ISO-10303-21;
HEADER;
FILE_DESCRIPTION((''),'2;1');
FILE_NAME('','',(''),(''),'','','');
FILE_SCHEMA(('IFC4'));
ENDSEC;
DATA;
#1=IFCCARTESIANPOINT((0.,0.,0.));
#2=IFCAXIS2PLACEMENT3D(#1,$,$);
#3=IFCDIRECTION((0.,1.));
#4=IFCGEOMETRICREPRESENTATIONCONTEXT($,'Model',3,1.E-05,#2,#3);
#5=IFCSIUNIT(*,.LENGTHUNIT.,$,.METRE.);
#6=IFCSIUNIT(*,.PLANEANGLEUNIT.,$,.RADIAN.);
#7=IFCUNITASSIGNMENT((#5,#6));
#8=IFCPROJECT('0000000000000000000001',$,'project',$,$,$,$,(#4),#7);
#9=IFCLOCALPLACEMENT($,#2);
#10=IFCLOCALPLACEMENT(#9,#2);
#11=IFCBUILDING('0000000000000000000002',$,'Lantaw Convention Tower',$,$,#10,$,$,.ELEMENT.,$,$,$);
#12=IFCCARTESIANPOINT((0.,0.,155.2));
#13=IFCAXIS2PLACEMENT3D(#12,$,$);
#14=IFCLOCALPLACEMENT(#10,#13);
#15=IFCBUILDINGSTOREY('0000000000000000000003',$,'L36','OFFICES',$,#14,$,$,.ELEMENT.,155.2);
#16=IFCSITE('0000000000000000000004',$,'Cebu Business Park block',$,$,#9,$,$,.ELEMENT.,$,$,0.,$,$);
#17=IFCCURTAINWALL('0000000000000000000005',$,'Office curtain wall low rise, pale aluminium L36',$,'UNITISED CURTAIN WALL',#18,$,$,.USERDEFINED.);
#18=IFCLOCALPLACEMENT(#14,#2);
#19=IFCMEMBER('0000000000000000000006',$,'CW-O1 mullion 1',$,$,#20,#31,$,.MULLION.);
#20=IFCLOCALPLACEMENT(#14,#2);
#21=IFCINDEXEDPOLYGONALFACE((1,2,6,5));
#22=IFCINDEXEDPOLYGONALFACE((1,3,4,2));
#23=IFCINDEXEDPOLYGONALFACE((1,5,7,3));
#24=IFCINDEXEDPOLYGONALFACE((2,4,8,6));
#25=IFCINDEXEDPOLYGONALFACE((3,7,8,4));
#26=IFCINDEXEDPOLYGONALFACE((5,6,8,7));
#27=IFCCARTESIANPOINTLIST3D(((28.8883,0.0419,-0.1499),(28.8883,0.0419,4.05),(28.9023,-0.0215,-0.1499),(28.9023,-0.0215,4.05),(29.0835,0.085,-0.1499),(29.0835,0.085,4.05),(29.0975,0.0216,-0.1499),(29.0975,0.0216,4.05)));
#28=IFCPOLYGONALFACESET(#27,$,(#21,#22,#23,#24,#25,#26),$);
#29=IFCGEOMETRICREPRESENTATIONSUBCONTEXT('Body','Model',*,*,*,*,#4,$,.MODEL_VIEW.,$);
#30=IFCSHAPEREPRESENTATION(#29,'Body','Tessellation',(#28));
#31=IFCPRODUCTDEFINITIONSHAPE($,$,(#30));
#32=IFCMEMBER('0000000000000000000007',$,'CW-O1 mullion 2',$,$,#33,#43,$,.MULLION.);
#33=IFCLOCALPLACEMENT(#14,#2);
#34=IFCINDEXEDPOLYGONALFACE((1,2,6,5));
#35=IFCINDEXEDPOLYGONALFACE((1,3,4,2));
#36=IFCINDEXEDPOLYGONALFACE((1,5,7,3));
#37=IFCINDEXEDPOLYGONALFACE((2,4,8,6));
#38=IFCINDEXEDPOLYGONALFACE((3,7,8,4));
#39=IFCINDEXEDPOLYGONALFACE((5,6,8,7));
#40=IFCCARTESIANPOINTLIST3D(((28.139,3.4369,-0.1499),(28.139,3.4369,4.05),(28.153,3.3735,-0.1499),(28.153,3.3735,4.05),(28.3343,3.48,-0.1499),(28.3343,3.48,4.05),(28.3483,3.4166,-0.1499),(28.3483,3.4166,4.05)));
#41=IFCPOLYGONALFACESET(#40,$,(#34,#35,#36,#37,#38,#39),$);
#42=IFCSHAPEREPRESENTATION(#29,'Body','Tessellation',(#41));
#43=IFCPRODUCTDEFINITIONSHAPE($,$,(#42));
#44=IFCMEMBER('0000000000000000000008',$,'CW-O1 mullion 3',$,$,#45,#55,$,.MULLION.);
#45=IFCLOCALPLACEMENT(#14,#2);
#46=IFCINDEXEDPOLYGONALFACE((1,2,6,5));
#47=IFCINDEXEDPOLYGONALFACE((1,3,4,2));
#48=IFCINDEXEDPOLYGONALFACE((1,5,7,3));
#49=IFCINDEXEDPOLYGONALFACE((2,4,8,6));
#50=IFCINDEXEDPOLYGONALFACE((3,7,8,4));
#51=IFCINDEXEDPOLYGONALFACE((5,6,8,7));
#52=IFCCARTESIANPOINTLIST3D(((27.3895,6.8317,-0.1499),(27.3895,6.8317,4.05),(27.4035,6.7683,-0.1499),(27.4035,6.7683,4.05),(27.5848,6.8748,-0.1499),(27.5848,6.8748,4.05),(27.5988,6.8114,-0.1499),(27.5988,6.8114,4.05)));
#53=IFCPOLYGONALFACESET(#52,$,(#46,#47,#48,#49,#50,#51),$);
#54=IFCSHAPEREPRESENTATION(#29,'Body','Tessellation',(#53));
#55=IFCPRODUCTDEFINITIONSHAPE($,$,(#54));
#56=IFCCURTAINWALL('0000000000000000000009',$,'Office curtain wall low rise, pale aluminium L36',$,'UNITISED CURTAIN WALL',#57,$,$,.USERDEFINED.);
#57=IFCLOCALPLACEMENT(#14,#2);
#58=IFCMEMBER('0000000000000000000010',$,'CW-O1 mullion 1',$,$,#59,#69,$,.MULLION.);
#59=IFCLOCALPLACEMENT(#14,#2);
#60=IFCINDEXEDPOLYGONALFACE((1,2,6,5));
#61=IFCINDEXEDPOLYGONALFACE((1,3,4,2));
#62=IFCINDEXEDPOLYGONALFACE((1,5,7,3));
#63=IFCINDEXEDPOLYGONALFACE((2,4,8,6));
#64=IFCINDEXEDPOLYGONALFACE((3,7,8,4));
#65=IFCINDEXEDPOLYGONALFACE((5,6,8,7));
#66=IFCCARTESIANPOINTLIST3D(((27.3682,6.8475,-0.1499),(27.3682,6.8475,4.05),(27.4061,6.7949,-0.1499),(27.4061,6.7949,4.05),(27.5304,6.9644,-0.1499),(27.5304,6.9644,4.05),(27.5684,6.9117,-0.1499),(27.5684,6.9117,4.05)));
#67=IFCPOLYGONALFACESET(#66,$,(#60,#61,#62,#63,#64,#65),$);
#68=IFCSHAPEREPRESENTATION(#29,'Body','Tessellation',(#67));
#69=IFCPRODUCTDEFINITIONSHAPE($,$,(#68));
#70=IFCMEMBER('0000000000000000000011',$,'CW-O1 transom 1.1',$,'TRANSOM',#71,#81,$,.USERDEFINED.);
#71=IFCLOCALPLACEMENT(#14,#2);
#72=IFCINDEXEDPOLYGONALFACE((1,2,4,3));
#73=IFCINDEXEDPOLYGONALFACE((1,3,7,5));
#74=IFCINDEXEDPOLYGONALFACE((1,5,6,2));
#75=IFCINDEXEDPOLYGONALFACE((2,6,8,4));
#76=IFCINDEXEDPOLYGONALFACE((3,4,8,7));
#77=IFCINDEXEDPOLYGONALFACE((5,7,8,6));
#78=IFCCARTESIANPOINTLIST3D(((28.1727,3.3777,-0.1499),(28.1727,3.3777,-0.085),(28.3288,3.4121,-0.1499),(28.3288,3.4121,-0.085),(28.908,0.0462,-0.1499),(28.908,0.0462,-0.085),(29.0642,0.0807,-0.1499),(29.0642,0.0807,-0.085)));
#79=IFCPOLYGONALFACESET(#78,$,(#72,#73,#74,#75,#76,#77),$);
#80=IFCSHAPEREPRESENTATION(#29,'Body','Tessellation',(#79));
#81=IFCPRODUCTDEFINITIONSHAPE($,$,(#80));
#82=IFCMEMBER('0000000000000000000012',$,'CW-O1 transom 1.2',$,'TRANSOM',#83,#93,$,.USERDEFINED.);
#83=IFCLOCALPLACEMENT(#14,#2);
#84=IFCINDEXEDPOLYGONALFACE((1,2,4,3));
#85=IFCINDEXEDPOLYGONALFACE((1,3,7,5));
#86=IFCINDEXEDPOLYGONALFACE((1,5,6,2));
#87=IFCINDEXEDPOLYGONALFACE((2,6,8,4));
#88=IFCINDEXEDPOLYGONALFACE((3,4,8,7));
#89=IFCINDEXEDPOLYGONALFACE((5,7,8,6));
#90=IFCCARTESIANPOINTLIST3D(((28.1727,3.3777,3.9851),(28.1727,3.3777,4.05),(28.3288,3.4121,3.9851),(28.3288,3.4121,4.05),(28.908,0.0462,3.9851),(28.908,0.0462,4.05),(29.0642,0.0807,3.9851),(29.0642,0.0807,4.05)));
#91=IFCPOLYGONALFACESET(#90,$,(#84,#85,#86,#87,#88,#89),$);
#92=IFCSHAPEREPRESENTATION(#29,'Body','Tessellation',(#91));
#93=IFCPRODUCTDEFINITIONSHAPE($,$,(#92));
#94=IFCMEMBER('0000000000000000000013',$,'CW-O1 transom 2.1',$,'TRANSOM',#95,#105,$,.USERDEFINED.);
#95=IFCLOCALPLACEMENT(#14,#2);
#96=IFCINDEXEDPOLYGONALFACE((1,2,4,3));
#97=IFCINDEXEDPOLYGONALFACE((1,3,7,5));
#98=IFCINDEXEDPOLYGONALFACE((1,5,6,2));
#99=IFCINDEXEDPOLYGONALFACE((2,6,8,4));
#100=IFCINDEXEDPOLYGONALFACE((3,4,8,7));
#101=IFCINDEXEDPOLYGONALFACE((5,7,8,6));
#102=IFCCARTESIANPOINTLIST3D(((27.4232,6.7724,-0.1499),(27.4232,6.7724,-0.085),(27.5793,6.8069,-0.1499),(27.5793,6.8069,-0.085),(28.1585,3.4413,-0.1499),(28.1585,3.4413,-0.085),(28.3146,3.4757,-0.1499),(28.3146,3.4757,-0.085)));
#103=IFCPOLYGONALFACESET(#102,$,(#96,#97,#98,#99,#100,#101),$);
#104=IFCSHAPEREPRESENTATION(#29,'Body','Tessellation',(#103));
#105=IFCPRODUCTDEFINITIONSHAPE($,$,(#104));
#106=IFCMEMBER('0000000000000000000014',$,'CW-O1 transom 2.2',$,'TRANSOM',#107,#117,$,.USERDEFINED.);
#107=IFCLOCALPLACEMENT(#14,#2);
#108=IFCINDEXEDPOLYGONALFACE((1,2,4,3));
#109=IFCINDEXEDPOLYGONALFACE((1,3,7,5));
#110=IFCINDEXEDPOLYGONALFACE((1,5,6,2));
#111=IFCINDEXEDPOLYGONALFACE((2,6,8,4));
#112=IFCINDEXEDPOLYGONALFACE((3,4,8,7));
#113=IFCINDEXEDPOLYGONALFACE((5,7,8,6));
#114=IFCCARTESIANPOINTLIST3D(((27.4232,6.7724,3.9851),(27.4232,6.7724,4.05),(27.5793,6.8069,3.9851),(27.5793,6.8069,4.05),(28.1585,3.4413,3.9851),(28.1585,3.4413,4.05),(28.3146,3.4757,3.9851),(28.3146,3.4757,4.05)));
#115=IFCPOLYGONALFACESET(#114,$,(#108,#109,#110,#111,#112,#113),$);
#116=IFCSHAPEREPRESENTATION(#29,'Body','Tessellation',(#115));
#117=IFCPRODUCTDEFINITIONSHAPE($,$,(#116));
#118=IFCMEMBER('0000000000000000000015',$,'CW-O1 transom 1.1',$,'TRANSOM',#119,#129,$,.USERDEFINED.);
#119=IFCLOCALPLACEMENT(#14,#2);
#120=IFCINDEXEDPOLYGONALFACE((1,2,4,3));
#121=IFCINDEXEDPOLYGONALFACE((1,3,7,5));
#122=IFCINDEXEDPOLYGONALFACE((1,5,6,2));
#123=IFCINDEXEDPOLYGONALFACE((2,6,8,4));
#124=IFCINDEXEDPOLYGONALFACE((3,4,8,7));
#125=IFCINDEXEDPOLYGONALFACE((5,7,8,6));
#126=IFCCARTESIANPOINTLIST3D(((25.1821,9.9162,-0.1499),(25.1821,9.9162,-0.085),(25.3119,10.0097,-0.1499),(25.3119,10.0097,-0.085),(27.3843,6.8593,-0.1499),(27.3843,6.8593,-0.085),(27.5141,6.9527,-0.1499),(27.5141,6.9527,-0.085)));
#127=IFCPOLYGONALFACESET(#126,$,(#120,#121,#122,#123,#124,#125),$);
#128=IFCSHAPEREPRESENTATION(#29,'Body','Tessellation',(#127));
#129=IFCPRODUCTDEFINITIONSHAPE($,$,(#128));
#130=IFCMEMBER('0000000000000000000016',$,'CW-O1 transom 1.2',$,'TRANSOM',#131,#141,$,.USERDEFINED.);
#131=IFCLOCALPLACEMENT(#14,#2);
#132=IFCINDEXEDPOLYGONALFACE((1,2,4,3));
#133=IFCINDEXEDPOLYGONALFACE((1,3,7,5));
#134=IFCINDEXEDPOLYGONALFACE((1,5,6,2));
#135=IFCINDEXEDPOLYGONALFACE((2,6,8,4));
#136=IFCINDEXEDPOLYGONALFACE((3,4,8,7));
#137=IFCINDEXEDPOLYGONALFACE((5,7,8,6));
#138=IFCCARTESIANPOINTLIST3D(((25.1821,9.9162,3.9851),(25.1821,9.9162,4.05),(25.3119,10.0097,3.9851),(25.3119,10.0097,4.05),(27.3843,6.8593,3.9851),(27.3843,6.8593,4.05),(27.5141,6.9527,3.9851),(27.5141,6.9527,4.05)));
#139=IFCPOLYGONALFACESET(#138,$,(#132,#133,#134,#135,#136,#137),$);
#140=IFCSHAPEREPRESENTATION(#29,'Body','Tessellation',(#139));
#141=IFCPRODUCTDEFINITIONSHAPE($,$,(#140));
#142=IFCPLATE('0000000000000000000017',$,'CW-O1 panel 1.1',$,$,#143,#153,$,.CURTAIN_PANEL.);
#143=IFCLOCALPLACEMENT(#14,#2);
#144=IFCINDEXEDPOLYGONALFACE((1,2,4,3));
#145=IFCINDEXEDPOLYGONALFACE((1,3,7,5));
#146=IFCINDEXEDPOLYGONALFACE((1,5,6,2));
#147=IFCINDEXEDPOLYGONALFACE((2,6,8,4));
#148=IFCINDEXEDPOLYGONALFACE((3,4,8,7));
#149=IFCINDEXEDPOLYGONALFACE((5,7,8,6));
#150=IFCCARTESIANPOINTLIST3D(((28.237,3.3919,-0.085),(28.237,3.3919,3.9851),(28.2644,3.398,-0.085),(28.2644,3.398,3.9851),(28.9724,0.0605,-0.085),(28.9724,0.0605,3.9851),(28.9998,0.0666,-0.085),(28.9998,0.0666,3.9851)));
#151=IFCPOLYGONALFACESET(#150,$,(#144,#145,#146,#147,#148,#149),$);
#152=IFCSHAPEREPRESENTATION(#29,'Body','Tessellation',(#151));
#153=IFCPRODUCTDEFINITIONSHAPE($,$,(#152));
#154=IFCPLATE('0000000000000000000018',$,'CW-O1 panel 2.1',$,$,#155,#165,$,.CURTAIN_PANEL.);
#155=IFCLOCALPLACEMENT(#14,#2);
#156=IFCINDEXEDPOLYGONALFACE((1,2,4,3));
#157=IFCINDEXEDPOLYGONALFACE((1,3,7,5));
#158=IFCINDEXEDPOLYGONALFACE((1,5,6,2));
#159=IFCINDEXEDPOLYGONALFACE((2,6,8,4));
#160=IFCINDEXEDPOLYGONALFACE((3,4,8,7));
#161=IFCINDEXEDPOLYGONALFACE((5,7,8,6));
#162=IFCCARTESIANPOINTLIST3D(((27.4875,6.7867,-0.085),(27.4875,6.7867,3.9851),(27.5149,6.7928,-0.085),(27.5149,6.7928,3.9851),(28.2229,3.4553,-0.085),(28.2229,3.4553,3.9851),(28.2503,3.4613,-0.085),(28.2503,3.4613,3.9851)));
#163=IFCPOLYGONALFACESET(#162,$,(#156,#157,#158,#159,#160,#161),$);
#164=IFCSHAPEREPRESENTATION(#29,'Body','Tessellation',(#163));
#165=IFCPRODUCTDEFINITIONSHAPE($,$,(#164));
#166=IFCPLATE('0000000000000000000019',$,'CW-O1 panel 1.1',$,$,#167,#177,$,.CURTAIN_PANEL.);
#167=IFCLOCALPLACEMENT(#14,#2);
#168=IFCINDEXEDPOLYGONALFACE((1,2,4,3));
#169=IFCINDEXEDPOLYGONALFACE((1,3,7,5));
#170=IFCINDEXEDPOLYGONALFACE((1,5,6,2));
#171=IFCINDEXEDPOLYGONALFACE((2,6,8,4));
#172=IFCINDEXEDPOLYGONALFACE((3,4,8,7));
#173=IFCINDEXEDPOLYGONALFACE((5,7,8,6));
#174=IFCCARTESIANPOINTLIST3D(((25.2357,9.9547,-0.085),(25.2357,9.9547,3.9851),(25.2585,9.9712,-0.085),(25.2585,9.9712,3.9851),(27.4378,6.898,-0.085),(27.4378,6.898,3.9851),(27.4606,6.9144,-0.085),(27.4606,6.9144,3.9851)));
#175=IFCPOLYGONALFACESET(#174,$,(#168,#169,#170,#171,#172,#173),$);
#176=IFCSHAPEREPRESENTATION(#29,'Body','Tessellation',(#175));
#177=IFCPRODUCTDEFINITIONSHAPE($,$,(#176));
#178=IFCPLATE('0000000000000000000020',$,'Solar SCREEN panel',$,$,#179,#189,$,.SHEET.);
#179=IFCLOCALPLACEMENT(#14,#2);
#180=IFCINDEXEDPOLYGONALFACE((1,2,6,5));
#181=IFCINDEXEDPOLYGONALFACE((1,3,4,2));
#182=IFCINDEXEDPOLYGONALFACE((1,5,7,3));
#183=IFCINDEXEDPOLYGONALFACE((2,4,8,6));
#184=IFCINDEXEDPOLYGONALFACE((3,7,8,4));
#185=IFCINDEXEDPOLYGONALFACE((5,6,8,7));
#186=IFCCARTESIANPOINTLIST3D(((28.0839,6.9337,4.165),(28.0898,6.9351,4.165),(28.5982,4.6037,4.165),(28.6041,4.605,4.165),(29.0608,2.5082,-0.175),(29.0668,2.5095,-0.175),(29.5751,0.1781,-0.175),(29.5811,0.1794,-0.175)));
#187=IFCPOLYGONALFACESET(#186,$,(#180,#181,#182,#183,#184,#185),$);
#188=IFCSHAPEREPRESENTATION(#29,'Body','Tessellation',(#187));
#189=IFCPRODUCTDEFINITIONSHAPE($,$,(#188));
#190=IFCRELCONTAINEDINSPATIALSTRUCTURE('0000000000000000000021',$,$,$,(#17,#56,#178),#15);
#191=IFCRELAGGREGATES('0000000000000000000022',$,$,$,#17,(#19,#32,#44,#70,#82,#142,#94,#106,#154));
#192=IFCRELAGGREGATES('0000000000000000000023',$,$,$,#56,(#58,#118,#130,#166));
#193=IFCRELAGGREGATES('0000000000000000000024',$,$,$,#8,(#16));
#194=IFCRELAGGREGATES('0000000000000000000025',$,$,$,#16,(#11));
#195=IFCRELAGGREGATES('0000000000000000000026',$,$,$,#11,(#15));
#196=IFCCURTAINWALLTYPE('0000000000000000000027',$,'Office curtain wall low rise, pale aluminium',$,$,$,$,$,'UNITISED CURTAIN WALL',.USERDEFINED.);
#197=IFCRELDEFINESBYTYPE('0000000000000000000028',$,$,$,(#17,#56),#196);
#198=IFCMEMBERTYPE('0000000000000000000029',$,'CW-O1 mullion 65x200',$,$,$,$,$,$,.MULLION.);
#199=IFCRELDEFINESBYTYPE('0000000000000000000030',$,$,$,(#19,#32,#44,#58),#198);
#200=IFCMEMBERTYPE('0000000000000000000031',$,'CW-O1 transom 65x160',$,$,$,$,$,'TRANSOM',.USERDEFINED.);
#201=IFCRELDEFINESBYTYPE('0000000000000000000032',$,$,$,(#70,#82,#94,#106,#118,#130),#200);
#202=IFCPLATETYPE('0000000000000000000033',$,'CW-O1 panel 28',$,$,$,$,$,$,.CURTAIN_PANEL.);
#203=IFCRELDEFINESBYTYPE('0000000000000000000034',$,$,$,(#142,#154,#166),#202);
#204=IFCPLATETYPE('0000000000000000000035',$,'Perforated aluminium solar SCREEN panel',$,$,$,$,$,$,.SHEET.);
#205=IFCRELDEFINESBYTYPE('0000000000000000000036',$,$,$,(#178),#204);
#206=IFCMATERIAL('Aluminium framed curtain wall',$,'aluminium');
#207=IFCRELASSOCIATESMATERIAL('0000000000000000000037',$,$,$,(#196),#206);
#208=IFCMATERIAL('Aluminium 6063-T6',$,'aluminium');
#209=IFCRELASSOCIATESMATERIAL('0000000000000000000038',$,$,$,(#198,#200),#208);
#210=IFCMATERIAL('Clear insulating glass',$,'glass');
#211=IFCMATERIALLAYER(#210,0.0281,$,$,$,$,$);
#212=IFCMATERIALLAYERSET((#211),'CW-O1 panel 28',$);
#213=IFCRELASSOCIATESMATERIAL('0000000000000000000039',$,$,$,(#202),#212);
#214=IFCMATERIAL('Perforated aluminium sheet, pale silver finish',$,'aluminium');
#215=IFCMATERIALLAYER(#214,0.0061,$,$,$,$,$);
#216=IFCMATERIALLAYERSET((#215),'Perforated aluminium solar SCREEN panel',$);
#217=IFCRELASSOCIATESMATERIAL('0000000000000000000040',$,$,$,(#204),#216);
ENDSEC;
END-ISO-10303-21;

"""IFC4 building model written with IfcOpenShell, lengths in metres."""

from ifc_helpers import new_model, si_unit, direction, frame, origin, origin_2d, place, context, subcontext, project, spatial, polyline, rectangle, outline, extrude, material, layer, layer_set, material_profile, profile_set, type_object, element, aggregate, save


model = new_model("IFC4")

# Units and contexts
model_context = context("Model", 3, precision=1e-05, world=origin(), true_north=direction((0.0, 1.0)))
body_context = subcontext(model_context, "Body", "Model", "MODEL_VIEW")
ifc_project = project(units=[si_unit("LENGTHUNIT", "METRE"), si_unit("PLANEANGLEUNIT", "RADIAN")], contexts=[model_context])

# Site, building, storey
site_placement = place(None, origin())
site = spatial("IfcSite", under=ifc_project, at=site_placement, Name="Cebu Business Park block", CompositionType="ELEMENT", RefElevation=0.0)
building_placement = place(site_placement, origin())
building = spatial("IfcBuilding", under=site, at=building_placement, Name="Lantaw Convention Tower", CompositionType="ELEMENT")
storey_placement = place(building_placement, frame((0.0, 0.0, 155.2)))
storey = spatial("IfcBuildingStorey", under=building, at=storey_placement, Name="L36", Description="OFFICES", CompositionType="ELEMENT", Elevation=155.2)

# Curtain wall, members
ifc_material_1 = material(Name="Aluminium framed curtain wall", Category="aluminium")
curtain_wall_type = type_object("IfcCurtainWallType", Name="Office curtain wall low rise, pale aluminium", ElementType="UNITISED CURTAIN WALL", PredefinedType="USERDEFINED", material=ifc_material_1)
curtain_wall_1_placement = place(storey_placement, origin())
curtain_wall_1 = element("IfcCurtainWall", 1, at=curtain_wall_1_placement, inside=storey, type_object=curtain_wall_type, Name="Office curtain wall low rise, pale aluminium L36", ObjectType="UNITISED CURTAIN WALL", PredefinedType="USERDEFINED")
ifc_material_2 = material(Name="Aluminium 6063-T6", Category="aluminium")
ifc_material_profile_1 = material_profile(ifc_material_2, rectangle(XDim=0.2, YDim=0.0649, at=origin_2d()), Name="CW-O1 mullion 65x200")
ifc_profile_set_1 = profile_set([ifc_material_profile_1], Name="Aluminium 6063-T6")
member_type_1 = type_object("IfcMemberType", Name="CW-O1 mullion 65x200", PredefinedType="MULLION", material=ifc_profile_set_1)
member_1_placement = place(storey_placement, frame((28.9929, 0.0317, -0.1499), z_axis=(0.0, 0.0, 1.0), x_axis=(-0.976494, -0.215546, 0.0)))
member_1 = element("IfcMember", 2, at=member_1_placement, type_object=member_type_1, Name="CW-O1 mullion 1", PredefinedType="MULLION", context=body_context, shape_type="SweptSolid", body=[
    extrude(rectangle(XDim=0.2, YDim=0.0649, at=origin_2d()), origin(), (0.0, 0.0, 1.0), 4.2),
])
member_2_placement = place(storey_placement, frame((28.2437, 3.4268, -0.1499), z_axis=(0.0, 0.0, 1.0), x_axis=(-0.976494, -0.215546, 0.0)))
member_2 = element("IfcMember", 3, at=member_2_placement, type_object=member_type_1, Name="CW-O1 mullion 2", PredefinedType="MULLION", context=body_context, shape_type="SweptSolid", body=[
    extrude(rectangle(XDim=0.2, YDim=0.0649, at=origin_2d()), origin(), (0.0, 0.0, 1.0), 4.2),
])
member_3_placement = place(storey_placement, frame((27.4941, 6.8215, -0.1499), z_axis=(0.0, 0.0, 1.0), x_axis=(-0.976494, -0.215546, 0.0)))
member_3 = element("IfcMember", 4, at=member_3_placement, type_object=member_type_1, Name="CW-O1 mullion 3", PredefinedType="MULLION", context=body_context, shape_type="SweptSolid", body=[
    extrude(rectangle(XDim=0.2, YDim=0.0649, at=origin_2d()), origin(), (0.0, 0.0, 1.0), 4.2),
])

# Curtain wall, member
curtain_wall_2_placement = place(storey_placement, origin())
curtain_wall_2 = element("IfcCurtainWall", 5, at=curtain_wall_2_placement, inside=storey, type_object=curtain_wall_type, Name="Office curtain wall low rise, pale aluminium L36", ObjectType="UNITISED CURTAIN WALL", PredefinedType="USERDEFINED")
member_4_placement = place(storey_placement, frame((27.4683, 6.8796, -0.1499), z_axis=(0.0, 0.0, 1.0), x_axis=(-0.811385, -0.584513, 0.0)))
member_4 = element("IfcMember", 6, at=member_4_placement, type_object=member_type_1, Name="CW-O1 mullion 1", PredefinedType="MULLION", context=body_context, shape_type="SweptSolid", body=[
    extrude(rectangle(XDim=0.2, YDim=0.0649, at=origin_2d()), origin(), (0.0, 0.0, 1.0), 4.2),
])

# Members
ifc_material_profile_2 = material_profile(ifc_material_2, rectangle(XDim=0.1599, YDim=0.0649, at=origin_2d()), Name="CW-O1 transom 65x160")
ifc_profile_set_2 = profile_set([ifc_material_profile_2], Name="Aluminium 6063-T6")
member_type_2 = type_object("IfcMemberType", Name="CW-O1 transom 65x160", ElementType="TRANSOM", PredefinedType="USERDEFINED", material=ifc_profile_set_2)
member_5_placement = place(storey_placement, frame((28.9861, 0.0635, -0.1174), z_axis=(-0.215536, 0.976496, 0.0), x_axis=(-0.976496, -0.215536, 0.0)))
member_5 = element("IfcMember", 7, at=member_5_placement, type_object=member_type_2, Name="CW-O1 transom 1.1", ObjectType="TRANSOM", PredefinedType="USERDEFINED", context=body_context, shape_type="SweptSolid", body=[
    extrude(rectangle(XDim=0.1599, YDim=0.0649, at=origin_2d()), origin(), (0.0, 0.0, 1.0), 3.4116),
])
member_6_placement = place(storey_placement, frame((28.9861, 0.0635, 4.0176), z_axis=(-0.215536, 0.976496, 0.0), x_axis=(-0.976496, -0.215536, 0.0)))
member_6 = element("IfcMember", 8, at=member_6_placement, type_object=member_type_2, Name="CW-O1 transom 1.2", ObjectType="TRANSOM", PredefinedType="USERDEFINED", context=body_context, shape_type="SweptSolid", body=[
    extrude(rectangle(XDim=0.1599, YDim=0.0649, at=origin_2d()), origin(), (0.0, 0.0, 1.0), 3.4116),
])
member_7_placement = place(storey_placement, frame((28.2366, 3.4585, -0.1174), z_axis=(-0.215551, 0.976493, 0.0), x_axis=(-0.976493, -0.215551, 0.0)))
member_7 = element("IfcMember", 9, at=member_7_placement, type_object=member_type_2, Name="CW-O1 transom 2.1", ObjectType="TRANSOM", PredefinedType="USERDEFINED", context=body_context, shape_type="SweptSolid", body=[
    extrude(rectangle(XDim=0.1599, YDim=0.0649, at=origin_2d()), origin(), (0.0, 0.0, 1.0), 3.4114),
])
member_8_placement = place(storey_placement, frame((28.2366, 3.4585, 4.0176), z_axis=(-0.215551, 0.976493, 0.0), x_axis=(-0.976493, -0.215551, 0.0)))
member_8 = element("IfcMember", 10, at=member_8_placement, type_object=member_type_2, Name="CW-O1 transom 2.2", ObjectType="TRANSOM", PredefinedType="USERDEFINED", context=body_context, shape_type="SweptSolid", body=[
    extrude(rectangle(XDim=0.1599, YDim=0.0649, at=origin_2d()), origin(), (0.0, 0.0, 1.0), 3.4114),
])
member_9_placement = place(storey_placement, frame((27.4492, 6.906, -0.1174), z_axis=(-0.584513, 0.811384, 0.0), x_axis=(-0.811384, -0.584513, 0.0)))
member_9 = element("IfcMember", 11, at=member_9_placement, type_object=member_type_2, Name="CW-O1 transom 1.1", ObjectType="TRANSOM", PredefinedType="USERDEFINED", context=body_context, shape_type="SweptSolid", body=[
    extrude(rectangle(XDim=0.1599, YDim=0.0649, at=origin_2d()), origin(), (0.0, 0.0, 1.0), 3.7676),
])
member_10_placement = place(storey_placement, frame((27.4492, 6.906, 4.0176), z_axis=(-0.584513, 0.811384, 0.0), x_axis=(-0.811384, -0.584513, 0.0)))
member_10 = element("IfcMember", 12, at=member_10_placement, type_object=member_type_2, Name="CW-O1 transom 1.2", ObjectType="TRANSOM", PredefinedType="USERDEFINED", context=body_context, shape_type="SweptSolid", body=[
    extrude(rectangle(XDim=0.1599, YDim=0.0649, at=origin_2d()), origin(), (0.0, 0.0, 1.0), 3.7676),
])

# Plates
ifc_material_3 = material(Name="Clear insulating glass", Category="glass")
ifc_layer_1 = layer(ifc_material_3, 0.0281)
ifc_layer_set_1 = layer_set([ifc_layer_1], Name="CW-O1 panel 28")
plate_type_1 = type_object("IfcPlateType", Name="CW-O1 panel 28", PredefinedType="CURTAIN_PANEL", material=ifc_layer_set_1)
plate_1_placement = place(storey_placement, frame((28.6184, 1.7292, -0.085), z_axis=(0.0, 0.0, 1.0), x_axis=(-0.215546, 0.976494, 0.0)))
plate_1 = element("IfcPlate", 13, at=plate_1_placement, type_object=plate_type_1, Name="CW-O1 panel 1.1", PredefinedType="CURTAIN_PANEL", context=body_context, shape_type="SweptSolid", body=[
    extrude(rectangle(XDim=3.4116, YDim=0.0281, at=origin_2d()), origin(), (0.0, 0.0, 1.0), 4.0701),
])
plate_2_placement = place(storey_placement, frame((27.8689, 5.124, -0.085), z_axis=(0.0, 0.0, 1.0), x_axis=(-0.215546, 0.976494, 0.0)))
plate_2 = element("IfcPlate", 14, at=plate_2_placement, type_object=plate_type_1, Name="CW-O1 panel 2.1", PredefinedType="CURTAIN_PANEL", context=body_context, shape_type="SweptSolid", body=[
    extrude(rectangle(XDim=3.4116, YDim=0.0281, at=origin_2d()), origin(), (0.0, 0.0, 1.0), 4.0701),
])
aggregate(curtain_wall_1, [member_1, member_2, member_3, member_5, member_6, plate_1, member_7, member_8, plate_2])
plate_3_placement = place(storey_placement, frame((26.3481, 8.4346, -0.085), z_axis=(0.0, 0.0, 1.0), x_axis=(-0.584513, 0.811385, 0.0)))
plate_3 = element("IfcPlate", 15, at=plate_3_placement, type_object=plate_type_1, Name="CW-O1 panel 1.1", PredefinedType="CURTAIN_PANEL", context=body_context, shape_type="SweptSolid", body=[
    extrude(rectangle(XDim=3.7673, YDim=0.0281, at=origin_2d()), origin(), (0.0, 0.0, 1.0), 4.0701),
])
aggregate(curtain_wall_2, [member_4, member_9, member_10, plate_3])

# Plate
ifc_material_4 = material(Name="Perforated aluminium sheet, pale silver finish", Category="aluminium")
ifc_layer_2 = layer(ifc_material_4, 0.0061)
ifc_layer_set_2 = layer_set([ifc_layer_2], Name="Perforated aluminium solar SCREEN panel")
plate_type_2 = type_object("IfcPlateType", Name="Perforated aluminium solar SCREEN panel", PredefinedType="SHEET", material=ifc_layer_set_2)
plate_4_placement = place(storey_placement, frame((29.5811, 0.1794, -0.175), z_axis=(0.976498, 0.215527, 0.000033), x_axis=(-0.215527, 0.976498, 0.0)))
element("IfcPlate", 16, at=plate_4_placement, inside=storey, type_object=plate_type_2, Name="Solar SCREEN panel", PredefinedType="SHEET", context=body_context, shape_type="SweptSolid", body=[
    extrude(outline(polyline([(0.0, 0.0), (2.3862, 0.0), (6.9182, 4.3401), (4.5321, 4.3401), (0.0, 0.0)])), origin(), (0.0, 0.0, -1.0), 0.0061),
])

save(model, "model.ifc")
